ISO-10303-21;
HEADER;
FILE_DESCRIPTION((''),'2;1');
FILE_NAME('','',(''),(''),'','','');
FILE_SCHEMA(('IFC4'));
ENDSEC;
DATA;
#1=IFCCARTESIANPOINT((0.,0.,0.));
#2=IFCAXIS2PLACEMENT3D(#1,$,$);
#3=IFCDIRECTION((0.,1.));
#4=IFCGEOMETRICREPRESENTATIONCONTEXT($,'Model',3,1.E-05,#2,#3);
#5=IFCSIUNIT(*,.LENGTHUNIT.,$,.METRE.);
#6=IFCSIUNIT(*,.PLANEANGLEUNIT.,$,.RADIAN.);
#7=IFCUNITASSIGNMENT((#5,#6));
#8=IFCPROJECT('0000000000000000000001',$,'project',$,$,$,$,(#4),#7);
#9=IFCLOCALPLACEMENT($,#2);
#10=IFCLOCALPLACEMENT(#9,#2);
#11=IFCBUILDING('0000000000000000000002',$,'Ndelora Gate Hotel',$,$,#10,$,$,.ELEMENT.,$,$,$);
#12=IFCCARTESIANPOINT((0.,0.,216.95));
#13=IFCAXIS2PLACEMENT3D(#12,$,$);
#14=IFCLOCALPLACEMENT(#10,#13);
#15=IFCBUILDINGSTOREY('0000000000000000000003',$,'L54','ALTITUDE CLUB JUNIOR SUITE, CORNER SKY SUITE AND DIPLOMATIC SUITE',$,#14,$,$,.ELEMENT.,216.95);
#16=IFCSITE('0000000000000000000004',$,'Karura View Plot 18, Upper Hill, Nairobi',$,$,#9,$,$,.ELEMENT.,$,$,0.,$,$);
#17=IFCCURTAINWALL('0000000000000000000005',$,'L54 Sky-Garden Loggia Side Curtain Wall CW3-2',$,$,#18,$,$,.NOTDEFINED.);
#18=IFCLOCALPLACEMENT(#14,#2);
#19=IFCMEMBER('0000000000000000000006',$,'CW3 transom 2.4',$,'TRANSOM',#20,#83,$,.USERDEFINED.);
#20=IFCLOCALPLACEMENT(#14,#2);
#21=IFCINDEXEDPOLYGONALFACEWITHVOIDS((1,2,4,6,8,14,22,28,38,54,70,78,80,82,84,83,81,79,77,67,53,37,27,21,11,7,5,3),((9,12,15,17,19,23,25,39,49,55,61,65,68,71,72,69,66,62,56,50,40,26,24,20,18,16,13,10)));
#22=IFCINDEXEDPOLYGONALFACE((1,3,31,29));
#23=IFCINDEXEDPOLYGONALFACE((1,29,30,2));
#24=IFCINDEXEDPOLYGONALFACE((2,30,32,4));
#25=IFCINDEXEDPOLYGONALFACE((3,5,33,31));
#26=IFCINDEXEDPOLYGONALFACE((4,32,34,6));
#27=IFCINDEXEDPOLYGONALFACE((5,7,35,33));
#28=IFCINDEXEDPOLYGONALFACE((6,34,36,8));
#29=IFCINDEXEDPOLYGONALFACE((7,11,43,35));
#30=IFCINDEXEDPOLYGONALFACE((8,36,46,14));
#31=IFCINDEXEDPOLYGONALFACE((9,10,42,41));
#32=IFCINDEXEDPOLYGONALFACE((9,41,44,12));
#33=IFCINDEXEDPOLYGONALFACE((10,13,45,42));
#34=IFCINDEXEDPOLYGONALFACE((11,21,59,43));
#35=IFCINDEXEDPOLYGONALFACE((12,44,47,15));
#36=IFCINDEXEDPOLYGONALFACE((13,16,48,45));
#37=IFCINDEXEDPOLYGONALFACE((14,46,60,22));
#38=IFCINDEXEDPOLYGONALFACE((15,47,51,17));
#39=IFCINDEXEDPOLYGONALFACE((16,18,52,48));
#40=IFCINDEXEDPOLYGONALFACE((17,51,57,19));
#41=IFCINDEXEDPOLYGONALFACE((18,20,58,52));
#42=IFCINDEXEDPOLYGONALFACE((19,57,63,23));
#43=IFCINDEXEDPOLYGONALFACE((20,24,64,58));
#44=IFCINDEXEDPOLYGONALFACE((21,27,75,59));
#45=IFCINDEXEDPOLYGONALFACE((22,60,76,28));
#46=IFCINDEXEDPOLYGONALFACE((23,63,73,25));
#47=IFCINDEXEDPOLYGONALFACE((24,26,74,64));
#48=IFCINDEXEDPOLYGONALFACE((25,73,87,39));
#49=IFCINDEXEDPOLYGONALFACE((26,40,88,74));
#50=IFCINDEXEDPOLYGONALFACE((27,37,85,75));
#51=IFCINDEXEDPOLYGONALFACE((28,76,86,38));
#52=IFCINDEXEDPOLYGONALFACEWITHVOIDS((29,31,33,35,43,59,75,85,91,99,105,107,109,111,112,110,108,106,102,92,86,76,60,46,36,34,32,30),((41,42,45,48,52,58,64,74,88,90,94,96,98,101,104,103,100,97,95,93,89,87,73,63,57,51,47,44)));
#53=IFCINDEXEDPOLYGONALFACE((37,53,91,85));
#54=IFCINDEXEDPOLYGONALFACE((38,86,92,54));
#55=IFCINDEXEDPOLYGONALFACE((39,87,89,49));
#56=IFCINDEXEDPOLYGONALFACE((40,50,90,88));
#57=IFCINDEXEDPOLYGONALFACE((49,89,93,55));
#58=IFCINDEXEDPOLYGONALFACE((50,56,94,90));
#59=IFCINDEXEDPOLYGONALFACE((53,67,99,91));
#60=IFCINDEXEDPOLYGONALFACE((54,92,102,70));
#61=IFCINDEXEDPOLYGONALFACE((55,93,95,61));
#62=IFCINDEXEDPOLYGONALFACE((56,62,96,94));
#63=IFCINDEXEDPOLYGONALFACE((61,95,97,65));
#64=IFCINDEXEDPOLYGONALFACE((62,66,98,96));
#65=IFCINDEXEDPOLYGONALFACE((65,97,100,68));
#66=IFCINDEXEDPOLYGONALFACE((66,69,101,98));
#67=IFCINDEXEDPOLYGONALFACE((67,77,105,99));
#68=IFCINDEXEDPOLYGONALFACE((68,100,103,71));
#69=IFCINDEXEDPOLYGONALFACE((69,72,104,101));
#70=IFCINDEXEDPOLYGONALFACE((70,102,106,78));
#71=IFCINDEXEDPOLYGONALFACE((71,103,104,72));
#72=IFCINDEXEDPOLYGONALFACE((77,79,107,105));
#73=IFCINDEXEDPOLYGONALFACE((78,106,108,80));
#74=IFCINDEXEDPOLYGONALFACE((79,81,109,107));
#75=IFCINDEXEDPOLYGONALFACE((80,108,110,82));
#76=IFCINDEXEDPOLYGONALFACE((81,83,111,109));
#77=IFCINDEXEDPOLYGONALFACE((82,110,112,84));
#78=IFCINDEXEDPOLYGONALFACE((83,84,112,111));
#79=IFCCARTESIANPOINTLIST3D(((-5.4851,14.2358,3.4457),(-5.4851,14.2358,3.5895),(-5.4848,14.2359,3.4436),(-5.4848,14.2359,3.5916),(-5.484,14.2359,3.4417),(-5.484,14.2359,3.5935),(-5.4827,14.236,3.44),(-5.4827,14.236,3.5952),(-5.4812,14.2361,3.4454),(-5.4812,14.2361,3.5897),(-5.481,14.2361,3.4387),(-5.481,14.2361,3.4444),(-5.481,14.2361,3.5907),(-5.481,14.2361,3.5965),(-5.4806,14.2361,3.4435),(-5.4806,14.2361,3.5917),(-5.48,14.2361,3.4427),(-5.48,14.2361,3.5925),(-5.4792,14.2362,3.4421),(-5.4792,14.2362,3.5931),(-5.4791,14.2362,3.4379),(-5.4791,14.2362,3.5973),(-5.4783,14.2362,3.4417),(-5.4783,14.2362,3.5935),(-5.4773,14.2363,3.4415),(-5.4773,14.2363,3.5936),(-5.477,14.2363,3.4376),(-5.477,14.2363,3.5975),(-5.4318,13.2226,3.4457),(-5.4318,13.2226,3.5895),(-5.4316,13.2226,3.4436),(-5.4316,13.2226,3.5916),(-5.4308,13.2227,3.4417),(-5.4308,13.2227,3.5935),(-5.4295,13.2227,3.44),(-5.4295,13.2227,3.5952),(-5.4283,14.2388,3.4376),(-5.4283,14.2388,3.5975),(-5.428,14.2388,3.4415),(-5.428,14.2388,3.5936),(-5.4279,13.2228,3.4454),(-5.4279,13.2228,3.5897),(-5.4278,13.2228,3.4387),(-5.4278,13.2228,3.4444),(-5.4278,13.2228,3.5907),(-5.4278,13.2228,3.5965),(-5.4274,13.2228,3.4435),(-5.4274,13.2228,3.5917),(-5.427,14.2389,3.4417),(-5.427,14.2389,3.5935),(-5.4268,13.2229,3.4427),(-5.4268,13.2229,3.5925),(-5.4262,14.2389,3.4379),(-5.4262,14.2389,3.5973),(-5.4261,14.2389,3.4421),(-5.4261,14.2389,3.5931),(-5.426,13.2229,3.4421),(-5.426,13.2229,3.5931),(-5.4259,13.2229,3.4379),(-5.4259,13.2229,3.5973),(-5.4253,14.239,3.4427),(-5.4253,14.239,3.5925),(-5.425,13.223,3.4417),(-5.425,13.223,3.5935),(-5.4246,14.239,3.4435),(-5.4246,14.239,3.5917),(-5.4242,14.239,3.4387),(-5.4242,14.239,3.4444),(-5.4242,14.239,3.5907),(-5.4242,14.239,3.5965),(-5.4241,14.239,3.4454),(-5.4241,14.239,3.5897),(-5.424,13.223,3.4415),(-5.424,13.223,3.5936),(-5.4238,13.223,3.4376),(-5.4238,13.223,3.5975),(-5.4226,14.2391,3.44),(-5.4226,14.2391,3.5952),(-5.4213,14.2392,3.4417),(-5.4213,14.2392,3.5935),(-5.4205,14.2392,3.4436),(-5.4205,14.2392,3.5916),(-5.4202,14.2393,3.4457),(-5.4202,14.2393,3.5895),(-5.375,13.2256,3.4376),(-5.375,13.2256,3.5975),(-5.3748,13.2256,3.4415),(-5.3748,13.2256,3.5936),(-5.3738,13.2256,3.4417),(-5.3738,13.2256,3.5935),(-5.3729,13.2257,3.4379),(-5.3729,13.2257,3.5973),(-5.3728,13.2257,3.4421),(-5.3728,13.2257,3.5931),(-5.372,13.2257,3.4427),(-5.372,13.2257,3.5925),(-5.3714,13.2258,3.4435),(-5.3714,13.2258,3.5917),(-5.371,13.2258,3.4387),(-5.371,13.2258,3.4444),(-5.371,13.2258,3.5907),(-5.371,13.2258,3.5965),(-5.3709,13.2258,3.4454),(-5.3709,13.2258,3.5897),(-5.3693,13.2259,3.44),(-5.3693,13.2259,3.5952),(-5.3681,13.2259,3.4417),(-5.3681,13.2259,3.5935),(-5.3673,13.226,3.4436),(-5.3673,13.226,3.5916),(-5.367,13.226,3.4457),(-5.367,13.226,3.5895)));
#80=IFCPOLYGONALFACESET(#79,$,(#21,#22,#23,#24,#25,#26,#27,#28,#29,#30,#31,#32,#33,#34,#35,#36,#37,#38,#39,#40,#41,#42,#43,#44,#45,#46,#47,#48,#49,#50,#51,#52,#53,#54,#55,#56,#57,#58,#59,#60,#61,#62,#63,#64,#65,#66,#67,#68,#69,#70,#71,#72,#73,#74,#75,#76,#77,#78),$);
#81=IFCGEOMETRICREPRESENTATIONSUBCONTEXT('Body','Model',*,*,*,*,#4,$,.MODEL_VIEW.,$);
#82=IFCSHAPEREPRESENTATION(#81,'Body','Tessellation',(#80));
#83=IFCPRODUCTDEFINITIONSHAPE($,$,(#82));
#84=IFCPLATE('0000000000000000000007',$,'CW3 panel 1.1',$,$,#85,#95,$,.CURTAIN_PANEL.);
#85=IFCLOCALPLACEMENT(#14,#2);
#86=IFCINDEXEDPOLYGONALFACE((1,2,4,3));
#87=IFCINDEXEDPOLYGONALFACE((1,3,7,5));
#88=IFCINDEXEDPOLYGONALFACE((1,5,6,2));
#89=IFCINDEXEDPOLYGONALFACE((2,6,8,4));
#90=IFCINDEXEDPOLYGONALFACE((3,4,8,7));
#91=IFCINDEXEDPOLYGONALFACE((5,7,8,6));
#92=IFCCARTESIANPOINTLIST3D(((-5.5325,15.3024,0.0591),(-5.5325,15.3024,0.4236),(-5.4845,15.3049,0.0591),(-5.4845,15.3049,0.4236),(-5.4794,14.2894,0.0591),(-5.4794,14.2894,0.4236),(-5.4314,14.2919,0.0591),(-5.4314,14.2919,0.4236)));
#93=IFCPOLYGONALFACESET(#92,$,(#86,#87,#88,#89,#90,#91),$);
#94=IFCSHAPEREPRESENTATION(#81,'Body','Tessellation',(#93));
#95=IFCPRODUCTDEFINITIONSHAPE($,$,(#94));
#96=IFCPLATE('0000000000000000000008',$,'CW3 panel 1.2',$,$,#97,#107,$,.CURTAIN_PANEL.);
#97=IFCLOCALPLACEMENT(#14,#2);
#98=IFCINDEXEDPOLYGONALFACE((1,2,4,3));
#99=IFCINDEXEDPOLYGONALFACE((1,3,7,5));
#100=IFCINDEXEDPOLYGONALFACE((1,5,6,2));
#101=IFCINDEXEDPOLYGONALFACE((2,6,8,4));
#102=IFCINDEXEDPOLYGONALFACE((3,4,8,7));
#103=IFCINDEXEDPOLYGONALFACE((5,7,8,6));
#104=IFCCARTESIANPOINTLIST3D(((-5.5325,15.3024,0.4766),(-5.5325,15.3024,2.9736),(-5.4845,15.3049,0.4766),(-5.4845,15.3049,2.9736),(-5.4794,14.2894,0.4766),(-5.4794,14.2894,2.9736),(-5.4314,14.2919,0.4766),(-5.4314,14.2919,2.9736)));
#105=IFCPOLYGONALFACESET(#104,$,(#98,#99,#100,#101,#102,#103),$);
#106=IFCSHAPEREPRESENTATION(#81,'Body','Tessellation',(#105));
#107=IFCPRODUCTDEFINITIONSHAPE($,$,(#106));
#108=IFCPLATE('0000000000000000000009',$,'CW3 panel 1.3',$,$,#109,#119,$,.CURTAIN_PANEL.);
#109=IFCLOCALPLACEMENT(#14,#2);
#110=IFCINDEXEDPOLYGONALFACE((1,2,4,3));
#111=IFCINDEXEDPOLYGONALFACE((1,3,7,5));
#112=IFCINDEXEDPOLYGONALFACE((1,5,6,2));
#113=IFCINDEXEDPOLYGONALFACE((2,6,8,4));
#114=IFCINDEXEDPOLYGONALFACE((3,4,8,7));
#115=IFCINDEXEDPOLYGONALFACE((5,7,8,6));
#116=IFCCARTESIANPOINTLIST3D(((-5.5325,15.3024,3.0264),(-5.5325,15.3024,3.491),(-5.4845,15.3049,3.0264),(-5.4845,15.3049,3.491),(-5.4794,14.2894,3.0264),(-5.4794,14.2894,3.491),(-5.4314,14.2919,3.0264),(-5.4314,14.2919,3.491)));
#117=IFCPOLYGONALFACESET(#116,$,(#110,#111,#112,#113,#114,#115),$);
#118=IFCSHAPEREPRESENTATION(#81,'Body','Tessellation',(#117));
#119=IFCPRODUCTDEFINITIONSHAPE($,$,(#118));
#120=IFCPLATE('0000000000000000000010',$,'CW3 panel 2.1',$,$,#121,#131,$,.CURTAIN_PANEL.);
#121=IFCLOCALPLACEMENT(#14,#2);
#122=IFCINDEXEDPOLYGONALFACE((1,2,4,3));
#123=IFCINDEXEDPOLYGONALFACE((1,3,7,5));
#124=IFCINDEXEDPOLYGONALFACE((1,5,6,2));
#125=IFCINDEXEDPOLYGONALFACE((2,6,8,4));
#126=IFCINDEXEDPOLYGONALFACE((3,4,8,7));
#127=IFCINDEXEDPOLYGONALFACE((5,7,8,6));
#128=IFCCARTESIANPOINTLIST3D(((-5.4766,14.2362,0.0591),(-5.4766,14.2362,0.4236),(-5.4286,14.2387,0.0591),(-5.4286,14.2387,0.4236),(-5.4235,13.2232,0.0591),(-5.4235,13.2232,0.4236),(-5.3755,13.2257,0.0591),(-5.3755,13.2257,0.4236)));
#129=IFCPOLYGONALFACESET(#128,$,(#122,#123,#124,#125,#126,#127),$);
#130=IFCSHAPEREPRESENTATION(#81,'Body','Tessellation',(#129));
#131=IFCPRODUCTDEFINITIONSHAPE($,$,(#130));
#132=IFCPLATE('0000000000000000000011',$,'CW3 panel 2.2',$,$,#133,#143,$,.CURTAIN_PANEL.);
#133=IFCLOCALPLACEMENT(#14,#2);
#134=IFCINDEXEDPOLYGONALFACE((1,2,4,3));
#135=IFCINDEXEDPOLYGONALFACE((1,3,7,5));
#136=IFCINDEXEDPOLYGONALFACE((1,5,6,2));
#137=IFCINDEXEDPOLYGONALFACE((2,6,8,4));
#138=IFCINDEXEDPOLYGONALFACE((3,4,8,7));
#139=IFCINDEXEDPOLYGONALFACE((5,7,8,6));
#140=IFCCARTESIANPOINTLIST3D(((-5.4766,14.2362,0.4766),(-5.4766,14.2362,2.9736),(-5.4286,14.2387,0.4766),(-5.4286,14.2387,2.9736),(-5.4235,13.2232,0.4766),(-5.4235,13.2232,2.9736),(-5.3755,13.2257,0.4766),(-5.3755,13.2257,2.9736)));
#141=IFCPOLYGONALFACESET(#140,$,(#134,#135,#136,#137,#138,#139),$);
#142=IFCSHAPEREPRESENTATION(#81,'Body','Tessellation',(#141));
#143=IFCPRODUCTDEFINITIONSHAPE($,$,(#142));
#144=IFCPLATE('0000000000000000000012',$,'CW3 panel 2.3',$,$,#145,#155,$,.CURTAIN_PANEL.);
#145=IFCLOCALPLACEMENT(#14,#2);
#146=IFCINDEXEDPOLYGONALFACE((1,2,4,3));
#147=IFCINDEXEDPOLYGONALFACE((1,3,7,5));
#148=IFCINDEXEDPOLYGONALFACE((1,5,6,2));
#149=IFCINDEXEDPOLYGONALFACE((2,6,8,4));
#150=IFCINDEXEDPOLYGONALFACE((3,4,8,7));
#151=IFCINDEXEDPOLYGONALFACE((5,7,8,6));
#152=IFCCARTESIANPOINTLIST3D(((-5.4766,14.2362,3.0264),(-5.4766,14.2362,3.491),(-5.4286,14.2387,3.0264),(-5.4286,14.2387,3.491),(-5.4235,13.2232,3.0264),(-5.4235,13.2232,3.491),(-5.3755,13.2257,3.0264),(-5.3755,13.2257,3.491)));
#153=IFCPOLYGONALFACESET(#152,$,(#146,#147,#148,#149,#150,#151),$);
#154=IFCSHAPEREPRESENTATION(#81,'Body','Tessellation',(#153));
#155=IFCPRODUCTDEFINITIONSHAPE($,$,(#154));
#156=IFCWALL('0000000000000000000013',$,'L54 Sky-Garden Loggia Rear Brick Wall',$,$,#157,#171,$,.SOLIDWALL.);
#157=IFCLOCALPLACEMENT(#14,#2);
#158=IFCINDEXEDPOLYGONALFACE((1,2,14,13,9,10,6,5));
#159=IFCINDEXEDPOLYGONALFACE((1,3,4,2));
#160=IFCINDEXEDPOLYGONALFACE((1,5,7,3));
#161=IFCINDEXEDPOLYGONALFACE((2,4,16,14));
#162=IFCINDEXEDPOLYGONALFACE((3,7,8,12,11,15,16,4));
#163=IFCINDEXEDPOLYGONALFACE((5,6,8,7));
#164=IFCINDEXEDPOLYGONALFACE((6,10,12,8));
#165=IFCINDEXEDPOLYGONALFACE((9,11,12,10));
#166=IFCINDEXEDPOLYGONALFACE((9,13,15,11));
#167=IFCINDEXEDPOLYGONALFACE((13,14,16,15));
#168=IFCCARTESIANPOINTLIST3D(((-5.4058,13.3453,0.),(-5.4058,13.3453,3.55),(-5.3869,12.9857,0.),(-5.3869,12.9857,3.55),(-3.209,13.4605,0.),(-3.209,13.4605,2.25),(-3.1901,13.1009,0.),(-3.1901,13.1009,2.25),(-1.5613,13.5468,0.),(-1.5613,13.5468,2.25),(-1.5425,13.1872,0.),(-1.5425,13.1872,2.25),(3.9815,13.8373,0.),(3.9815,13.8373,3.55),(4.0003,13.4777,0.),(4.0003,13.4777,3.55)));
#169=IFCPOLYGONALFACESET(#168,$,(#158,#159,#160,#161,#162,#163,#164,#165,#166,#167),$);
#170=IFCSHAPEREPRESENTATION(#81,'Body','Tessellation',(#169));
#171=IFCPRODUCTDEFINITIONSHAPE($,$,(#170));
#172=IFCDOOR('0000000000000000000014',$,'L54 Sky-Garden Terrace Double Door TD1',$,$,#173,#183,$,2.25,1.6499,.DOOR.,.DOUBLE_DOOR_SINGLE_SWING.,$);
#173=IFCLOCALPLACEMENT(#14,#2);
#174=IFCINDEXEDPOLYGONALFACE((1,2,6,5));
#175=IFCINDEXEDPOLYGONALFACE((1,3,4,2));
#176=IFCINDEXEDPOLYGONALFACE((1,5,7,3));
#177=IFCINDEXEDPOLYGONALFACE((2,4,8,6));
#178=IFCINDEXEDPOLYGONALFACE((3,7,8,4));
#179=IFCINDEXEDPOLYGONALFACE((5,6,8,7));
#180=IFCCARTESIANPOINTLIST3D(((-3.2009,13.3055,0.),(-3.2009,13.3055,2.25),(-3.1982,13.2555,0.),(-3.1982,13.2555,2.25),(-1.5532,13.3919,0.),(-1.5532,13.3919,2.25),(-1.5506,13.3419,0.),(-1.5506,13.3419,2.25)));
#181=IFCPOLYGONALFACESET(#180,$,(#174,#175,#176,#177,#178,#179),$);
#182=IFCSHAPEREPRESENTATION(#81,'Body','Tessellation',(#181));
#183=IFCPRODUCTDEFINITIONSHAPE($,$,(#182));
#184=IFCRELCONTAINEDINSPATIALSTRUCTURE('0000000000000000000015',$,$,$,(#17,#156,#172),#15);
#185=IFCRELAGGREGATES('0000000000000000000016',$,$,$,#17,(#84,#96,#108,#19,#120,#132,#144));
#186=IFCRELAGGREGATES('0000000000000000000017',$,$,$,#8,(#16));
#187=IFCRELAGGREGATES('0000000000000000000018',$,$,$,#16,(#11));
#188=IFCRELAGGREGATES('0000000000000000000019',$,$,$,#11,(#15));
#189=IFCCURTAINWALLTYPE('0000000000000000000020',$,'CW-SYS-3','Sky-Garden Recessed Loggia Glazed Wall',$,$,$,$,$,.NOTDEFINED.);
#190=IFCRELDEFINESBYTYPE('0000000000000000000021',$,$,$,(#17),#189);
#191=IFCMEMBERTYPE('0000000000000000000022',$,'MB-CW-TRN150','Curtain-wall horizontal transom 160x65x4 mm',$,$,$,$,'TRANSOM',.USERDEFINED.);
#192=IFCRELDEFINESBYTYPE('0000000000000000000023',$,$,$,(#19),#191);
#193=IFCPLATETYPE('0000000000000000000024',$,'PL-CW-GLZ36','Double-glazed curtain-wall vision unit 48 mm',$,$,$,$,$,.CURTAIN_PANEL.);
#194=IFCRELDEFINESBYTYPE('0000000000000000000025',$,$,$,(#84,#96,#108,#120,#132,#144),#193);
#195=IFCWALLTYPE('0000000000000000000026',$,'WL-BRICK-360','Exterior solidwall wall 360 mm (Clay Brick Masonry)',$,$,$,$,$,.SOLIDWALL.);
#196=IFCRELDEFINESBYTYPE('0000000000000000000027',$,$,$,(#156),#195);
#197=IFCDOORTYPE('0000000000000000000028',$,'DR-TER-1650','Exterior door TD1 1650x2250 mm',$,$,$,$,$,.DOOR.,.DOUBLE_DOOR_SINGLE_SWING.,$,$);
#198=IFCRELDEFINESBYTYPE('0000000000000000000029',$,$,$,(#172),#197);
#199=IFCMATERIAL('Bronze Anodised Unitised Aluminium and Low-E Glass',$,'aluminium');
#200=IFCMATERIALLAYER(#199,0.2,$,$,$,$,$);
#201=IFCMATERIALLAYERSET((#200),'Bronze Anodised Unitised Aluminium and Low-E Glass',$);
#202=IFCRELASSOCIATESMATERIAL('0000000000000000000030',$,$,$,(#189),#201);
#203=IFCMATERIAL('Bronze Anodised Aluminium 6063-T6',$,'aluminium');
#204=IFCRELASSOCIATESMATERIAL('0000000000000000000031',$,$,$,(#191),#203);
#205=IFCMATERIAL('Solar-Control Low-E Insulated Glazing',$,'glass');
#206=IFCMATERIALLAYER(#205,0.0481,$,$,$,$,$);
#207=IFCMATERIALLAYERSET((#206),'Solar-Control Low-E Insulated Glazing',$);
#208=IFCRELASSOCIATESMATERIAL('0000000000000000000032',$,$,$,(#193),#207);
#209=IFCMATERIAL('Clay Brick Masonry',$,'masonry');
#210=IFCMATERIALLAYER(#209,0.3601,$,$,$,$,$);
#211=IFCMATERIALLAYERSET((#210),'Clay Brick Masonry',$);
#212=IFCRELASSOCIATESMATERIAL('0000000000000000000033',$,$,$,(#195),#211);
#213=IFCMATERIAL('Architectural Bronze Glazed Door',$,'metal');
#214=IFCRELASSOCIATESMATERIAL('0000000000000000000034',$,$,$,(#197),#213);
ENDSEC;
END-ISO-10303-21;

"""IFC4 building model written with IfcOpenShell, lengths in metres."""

from ifc_helpers import new_model, si_unit, direction, frame, frame_2d, origin, origin_2d, place, context, subcontext, project, spatial, rectangle, hollow_rectangle, extrude, material, layer, layer_set, material_profile, profile_set, type_object, element, fill, aggregate, save


model = new_model("IFC4")

# Units and contexts
model_context = context("Model", 3, precision=1e-05, world=origin(), true_north=direction((0.0, 1.0)))
body_context = subcontext(model_context, "Body", "Model", "MODEL_VIEW")
ifc_project = project(units=[si_unit("LENGTHUNIT", "METRE"), si_unit("PLANEANGLEUNIT", "RADIAN")], contexts=[model_context])

# Site, building, storey
site_placement = place(None, origin())
site = spatial("IfcSite", under=ifc_project, at=site_placement, Name="Karura View Plot 18, Upper Hill, Nairobi", CompositionType="ELEMENT", RefElevation=0.0)
building_placement = place(site_placement, origin())
building = spatial("IfcBuilding", under=site, at=building_placement, Name="Ndelora Gate Hotel", CompositionType="ELEMENT")
storey_placement = place(building_placement, frame((0.0, 0.0, 216.95)))
storey = spatial("IfcBuildingStorey", under=building, at=storey_placement, Name="L54", Description="ALTITUDE CLUB JUNIOR SUITE, CORNER SKY SUITE AND DIPLOMATIC SUITE", CompositionType="ELEMENT", Elevation=216.95)

# Curtain wall, member, plates
ifc_material_1 = material(Name="Bronze Anodised Unitised Aluminium and Low-E Glass", Category="aluminium")
ifc_layer_1 = layer(ifc_material_1, 0.2)
ifc_layer_set_1 = layer_set([ifc_layer_1], Name="Bronze Anodised Unitised Aluminium and Low-E Glass")
curtain_wall_type = type_object("IfcCurtainWallType", Name="CW-SYS-3", Description="Sky-Garden Recessed Loggia Glazed Wall", PredefinedType="NOTDEFINED", material=ifc_layer_set_1)
curtain_wall_placement = place(storey_placement, origin())
curtain_wall = element("IfcCurtainWall", 1, at=curtain_wall_placement, inside=storey, type_object=curtain_wall_type, Name="L54 Sky-Garden Loggia Side Curtain Wall CW3-2", PredefinedType="NOTDEFINED")
ifc_material_2 = material(Name="Bronze Anodised Aluminium 6063-T6", Category="aluminium")
ifc_material_profile_1 = material_profile(ifc_material_2, hollow_rectangle(XDim=0.0649, YDim=0.1599, WallThickness=0.0039, InnerFilletRadius=0.0039, OuterFilletRadius=0.0081, at=origin_2d()), Name="ALU 160x65x4")
ifc_profile_set_1 = profile_set([ifc_material_profile_1], Name="Bronze Anodised Aluminium 6063-T6")
member_type_1 = type_object("IfcMemberType", Name="MB-CW-TRN150", Description="Curtain-wall horizontal transom 160x65x4 mm", ElementType="TRANSOM", PredefinedType="USERDEFINED", material=ifc_profile_set_1)
member_1_placement = place(storey_placement, frame((-5.4526, 14.2375, 3.5176), z_axis=(0.052458, -0.998623, 0.0), x_axis=(0.998623, 0.052458, 0.0)))
member_1 = element("IfcMember", 2, at=member_1_placement, type_object=member_type_1, Name="CW3 transom 2.4", ObjectType="TRANSOM", PredefinedType="USERDEFINED", context=body_context, shape_type="SweptSolid", body=[
    extrude(hollow_rectangle(XDim=0.0649, YDim=0.1599, WallThickness=0.0039, InnerFilletRadius=0.0039, OuterFilletRadius=0.0081, at=origin_2d()), origin(), (0.0, 0.0, 1.0), 1.0146),
])
ifc_material_3 = material(Name="Solar-Control Low-E Insulated Glazing", Category="glass")
ifc_layer_2 = layer(ifc_material_3, 0.0481)
ifc_layer_set_2 = layer_set([ifc_layer_2], Name="Solar-Control Low-E Insulated Glazing")
plate_type = type_object("IfcPlateType", Name="PL-CW-GLZ36", Description="Double-glazed curtain-wall vision unit 48 mm", PredefinedType="CURTAIN_PANEL", material=ifc_layer_set_2)
plate_1_placement = place(storey_placement, frame((-5.4819, 14.7971, 0.0591), z_axis=(0.0, 0.0, 1.0), x_axis=(0.052363, -0.998628, 0.0)))
plate_1 = element("IfcPlate", 3, at=plate_1_placement, type_object=plate_type, Name="CW3 panel 1.1", PredefinedType="CURTAIN_PANEL", context=body_context, shape_type="SweptSolid", body=[
    extrude(rectangle(XDim=1.0144, YDim=0.0481, at=origin_2d()), origin(), (0.0, 0.0, 1.0), 0.3645),
])
plate_2_placement = place(storey_placement, frame((-5.4819, 14.7971, 0.4766), z_axis=(0.0, 0.0, 1.0), x_axis=(0.052363, -0.998628, 0.0)))
plate_2 = element("IfcPlate", 4, at=plate_2_placement, type_object=plate_type, Name="CW3 panel 1.2", PredefinedType="CURTAIN_PANEL", context=body_context, shape_type="SweptSolid", body=[
    extrude(rectangle(XDim=1.0144, YDim=0.0481, at=origin_2d()), origin(), (0.0, 0.0, 1.0), 2.4971),
])
plate_3_placement = place(storey_placement, frame((-5.4819, 14.7971, 3.0264), z_axis=(0.0, 0.0, 1.0), x_axis=(0.052363, -0.998628, 0.0)))
plate_3 = element("IfcPlate", 5, at=plate_3_placement, type_object=plate_type, Name="CW3 panel 1.3", PredefinedType="CURTAIN_PANEL", context=body_context, shape_type="SweptSolid", body=[
    extrude(rectangle(XDim=1.0144, YDim=0.0481, at=origin_2d()), origin(), (0.0, 0.0, 1.0), 0.4646),
])
plate_4_placement = place(storey_placement, frame((-5.426, 13.731, 0.0591), z_axis=(0.0, 0.0, 1.0), x_axis=(0.052363, -0.998628, 0.0)))
plate_4 = element("IfcPlate", 6, at=plate_4_placement, type_object=plate_type, Name="CW3 panel 2.1", PredefinedType="CURTAIN_PANEL", context=body_context, shape_type="SweptSolid", body=[
    extrude(rectangle(XDim=1.0144, YDim=0.0481, at=origin_2d()), origin(), (0.0, 0.0, 1.0), 0.3645),
])
plate_5_placement = place(storey_placement, frame((-5.426, 13.731, 0.4766), z_axis=(0.0, 0.0, 1.0), x_axis=(0.052363, -0.998628, 0.0)))
plate_5 = element("IfcPlate", 7, at=plate_5_placement, type_object=plate_type, Name="CW3 panel 2.2", PredefinedType="CURTAIN_PANEL", context=body_context, shape_type="SweptSolid", body=[
    extrude(rectangle(XDim=1.0144, YDim=0.0481, at=origin_2d()), origin(), (0.0, 0.0, 1.0), 2.4971),
])
plate_6_placement = place(storey_placement, frame((-5.426, 13.731, 3.0264), z_axis=(0.0, 0.0, 1.0), x_axis=(0.052363, -0.998628, 0.0)))
plate_6 = element("IfcPlate", 8, at=plate_6_placement, type_object=plate_type, Name="CW3 panel 2.3", PredefinedType="CURTAIN_PANEL", context=body_context, shape_type="SweptSolid", body=[
    extrude(rectangle(XDim=1.0144, YDim=0.0481, at=origin_2d()), origin(), (0.0, 0.0, 1.0), 0.4646),
])
aggregate(curtain_wall, [plate_1, plate_2, plate_3, member_1, plate_4, plate_5, plate_6])

# Wall, opening, door
ifc_material_4 = material(Name="Clay Brick Masonry", Category="masonry")
ifc_layer_3 = layer(ifc_material_4, 0.3601)
ifc_layer_set_3 = layer_set([ifc_layer_3], Name="Clay Brick Masonry")
wall_type = type_object("IfcWallType", Name="WL-BRICK-360", Description="Exterior solidwall wall 360 mm (Clay Brick Masonry)", PredefinedType="SOLIDWALL", material=ifc_layer_set_3)
wall_placement = place(storey_placement, frame((-5.3965, 13.1655, 0.0), z_axis=(0.0, 0.0, 1.0), x_axis=(0.99863, 0.052334, 0.0)))
wall = element("IfcWall", 9, at=wall_placement, inside=storey, type_object=wall_type, Name="L54 Sky-Garden Loggia Rear Brick Wall", PredefinedType="SOLIDWALL", context=body_context, shape_type="SweptSolid", body=[
    extrude(rectangle(XDim=9.4001, YDim=0.3601, at=frame_2d((4.7002, 0.0))), origin(), (0.0, 0.0, 1.0), 3.55),
])
opening_placement = place(wall_placement, frame((2.2, 0.0, 0.0)))
opening = element("IfcOpeningElement", 10, at=opening_placement, cuts=wall, PredefinedType="OPENING", context=body_context, shape_type="SweptSolid", body=[
    extrude(rectangle(XDim=1.6499, YDim=2.25, at=frame_2d((0.825, 1.125))), frame((0.0, 0.1899, 0.0), z_axis=(0.0, -1.0, 0.0), x_axis=(1.0, 0.0, 0.0)), (0.0, 0.0, 1.0), 0.3801),
])
ifc_material_5 = material(Name="Architectural Bronze Glazed Door", Category="metal")
door_type = type_object("IfcDoorType", Name="DR-TER-1650", Description="Exterior door TD1 1650x2250 mm", OperationType="DOUBLE_DOOR_SINGLE_SWING", PredefinedType="DOOR", material=ifc_material_5)
door_placement = place(opening_placement, origin())
door = element("IfcDoor", 11, at=door_placement, inside=storey, type_object=door_type, Name="L54 Sky-Garden Terrace Double Door TD1", OperationType="DOUBLE_DOOR_SINGLE_SWING", OverallHeight=2.25, OverallWidth=1.6499, PredefinedType="DOOR", context=body_context, shape_type="SweptSolid", body=[
    extrude(rectangle(XDim=1.6499, YDim=2.25, at=frame_2d((0.825, 1.125))), frame((0.0, 0.0249, 0.0), z_axis=(0.0, -1.0, 0.0), x_axis=(1.0, 0.0, 0.0)), (0.0, 0.0, 1.0), 0.05),
])
fill(opening, door)

save(model, "model.ifc")
